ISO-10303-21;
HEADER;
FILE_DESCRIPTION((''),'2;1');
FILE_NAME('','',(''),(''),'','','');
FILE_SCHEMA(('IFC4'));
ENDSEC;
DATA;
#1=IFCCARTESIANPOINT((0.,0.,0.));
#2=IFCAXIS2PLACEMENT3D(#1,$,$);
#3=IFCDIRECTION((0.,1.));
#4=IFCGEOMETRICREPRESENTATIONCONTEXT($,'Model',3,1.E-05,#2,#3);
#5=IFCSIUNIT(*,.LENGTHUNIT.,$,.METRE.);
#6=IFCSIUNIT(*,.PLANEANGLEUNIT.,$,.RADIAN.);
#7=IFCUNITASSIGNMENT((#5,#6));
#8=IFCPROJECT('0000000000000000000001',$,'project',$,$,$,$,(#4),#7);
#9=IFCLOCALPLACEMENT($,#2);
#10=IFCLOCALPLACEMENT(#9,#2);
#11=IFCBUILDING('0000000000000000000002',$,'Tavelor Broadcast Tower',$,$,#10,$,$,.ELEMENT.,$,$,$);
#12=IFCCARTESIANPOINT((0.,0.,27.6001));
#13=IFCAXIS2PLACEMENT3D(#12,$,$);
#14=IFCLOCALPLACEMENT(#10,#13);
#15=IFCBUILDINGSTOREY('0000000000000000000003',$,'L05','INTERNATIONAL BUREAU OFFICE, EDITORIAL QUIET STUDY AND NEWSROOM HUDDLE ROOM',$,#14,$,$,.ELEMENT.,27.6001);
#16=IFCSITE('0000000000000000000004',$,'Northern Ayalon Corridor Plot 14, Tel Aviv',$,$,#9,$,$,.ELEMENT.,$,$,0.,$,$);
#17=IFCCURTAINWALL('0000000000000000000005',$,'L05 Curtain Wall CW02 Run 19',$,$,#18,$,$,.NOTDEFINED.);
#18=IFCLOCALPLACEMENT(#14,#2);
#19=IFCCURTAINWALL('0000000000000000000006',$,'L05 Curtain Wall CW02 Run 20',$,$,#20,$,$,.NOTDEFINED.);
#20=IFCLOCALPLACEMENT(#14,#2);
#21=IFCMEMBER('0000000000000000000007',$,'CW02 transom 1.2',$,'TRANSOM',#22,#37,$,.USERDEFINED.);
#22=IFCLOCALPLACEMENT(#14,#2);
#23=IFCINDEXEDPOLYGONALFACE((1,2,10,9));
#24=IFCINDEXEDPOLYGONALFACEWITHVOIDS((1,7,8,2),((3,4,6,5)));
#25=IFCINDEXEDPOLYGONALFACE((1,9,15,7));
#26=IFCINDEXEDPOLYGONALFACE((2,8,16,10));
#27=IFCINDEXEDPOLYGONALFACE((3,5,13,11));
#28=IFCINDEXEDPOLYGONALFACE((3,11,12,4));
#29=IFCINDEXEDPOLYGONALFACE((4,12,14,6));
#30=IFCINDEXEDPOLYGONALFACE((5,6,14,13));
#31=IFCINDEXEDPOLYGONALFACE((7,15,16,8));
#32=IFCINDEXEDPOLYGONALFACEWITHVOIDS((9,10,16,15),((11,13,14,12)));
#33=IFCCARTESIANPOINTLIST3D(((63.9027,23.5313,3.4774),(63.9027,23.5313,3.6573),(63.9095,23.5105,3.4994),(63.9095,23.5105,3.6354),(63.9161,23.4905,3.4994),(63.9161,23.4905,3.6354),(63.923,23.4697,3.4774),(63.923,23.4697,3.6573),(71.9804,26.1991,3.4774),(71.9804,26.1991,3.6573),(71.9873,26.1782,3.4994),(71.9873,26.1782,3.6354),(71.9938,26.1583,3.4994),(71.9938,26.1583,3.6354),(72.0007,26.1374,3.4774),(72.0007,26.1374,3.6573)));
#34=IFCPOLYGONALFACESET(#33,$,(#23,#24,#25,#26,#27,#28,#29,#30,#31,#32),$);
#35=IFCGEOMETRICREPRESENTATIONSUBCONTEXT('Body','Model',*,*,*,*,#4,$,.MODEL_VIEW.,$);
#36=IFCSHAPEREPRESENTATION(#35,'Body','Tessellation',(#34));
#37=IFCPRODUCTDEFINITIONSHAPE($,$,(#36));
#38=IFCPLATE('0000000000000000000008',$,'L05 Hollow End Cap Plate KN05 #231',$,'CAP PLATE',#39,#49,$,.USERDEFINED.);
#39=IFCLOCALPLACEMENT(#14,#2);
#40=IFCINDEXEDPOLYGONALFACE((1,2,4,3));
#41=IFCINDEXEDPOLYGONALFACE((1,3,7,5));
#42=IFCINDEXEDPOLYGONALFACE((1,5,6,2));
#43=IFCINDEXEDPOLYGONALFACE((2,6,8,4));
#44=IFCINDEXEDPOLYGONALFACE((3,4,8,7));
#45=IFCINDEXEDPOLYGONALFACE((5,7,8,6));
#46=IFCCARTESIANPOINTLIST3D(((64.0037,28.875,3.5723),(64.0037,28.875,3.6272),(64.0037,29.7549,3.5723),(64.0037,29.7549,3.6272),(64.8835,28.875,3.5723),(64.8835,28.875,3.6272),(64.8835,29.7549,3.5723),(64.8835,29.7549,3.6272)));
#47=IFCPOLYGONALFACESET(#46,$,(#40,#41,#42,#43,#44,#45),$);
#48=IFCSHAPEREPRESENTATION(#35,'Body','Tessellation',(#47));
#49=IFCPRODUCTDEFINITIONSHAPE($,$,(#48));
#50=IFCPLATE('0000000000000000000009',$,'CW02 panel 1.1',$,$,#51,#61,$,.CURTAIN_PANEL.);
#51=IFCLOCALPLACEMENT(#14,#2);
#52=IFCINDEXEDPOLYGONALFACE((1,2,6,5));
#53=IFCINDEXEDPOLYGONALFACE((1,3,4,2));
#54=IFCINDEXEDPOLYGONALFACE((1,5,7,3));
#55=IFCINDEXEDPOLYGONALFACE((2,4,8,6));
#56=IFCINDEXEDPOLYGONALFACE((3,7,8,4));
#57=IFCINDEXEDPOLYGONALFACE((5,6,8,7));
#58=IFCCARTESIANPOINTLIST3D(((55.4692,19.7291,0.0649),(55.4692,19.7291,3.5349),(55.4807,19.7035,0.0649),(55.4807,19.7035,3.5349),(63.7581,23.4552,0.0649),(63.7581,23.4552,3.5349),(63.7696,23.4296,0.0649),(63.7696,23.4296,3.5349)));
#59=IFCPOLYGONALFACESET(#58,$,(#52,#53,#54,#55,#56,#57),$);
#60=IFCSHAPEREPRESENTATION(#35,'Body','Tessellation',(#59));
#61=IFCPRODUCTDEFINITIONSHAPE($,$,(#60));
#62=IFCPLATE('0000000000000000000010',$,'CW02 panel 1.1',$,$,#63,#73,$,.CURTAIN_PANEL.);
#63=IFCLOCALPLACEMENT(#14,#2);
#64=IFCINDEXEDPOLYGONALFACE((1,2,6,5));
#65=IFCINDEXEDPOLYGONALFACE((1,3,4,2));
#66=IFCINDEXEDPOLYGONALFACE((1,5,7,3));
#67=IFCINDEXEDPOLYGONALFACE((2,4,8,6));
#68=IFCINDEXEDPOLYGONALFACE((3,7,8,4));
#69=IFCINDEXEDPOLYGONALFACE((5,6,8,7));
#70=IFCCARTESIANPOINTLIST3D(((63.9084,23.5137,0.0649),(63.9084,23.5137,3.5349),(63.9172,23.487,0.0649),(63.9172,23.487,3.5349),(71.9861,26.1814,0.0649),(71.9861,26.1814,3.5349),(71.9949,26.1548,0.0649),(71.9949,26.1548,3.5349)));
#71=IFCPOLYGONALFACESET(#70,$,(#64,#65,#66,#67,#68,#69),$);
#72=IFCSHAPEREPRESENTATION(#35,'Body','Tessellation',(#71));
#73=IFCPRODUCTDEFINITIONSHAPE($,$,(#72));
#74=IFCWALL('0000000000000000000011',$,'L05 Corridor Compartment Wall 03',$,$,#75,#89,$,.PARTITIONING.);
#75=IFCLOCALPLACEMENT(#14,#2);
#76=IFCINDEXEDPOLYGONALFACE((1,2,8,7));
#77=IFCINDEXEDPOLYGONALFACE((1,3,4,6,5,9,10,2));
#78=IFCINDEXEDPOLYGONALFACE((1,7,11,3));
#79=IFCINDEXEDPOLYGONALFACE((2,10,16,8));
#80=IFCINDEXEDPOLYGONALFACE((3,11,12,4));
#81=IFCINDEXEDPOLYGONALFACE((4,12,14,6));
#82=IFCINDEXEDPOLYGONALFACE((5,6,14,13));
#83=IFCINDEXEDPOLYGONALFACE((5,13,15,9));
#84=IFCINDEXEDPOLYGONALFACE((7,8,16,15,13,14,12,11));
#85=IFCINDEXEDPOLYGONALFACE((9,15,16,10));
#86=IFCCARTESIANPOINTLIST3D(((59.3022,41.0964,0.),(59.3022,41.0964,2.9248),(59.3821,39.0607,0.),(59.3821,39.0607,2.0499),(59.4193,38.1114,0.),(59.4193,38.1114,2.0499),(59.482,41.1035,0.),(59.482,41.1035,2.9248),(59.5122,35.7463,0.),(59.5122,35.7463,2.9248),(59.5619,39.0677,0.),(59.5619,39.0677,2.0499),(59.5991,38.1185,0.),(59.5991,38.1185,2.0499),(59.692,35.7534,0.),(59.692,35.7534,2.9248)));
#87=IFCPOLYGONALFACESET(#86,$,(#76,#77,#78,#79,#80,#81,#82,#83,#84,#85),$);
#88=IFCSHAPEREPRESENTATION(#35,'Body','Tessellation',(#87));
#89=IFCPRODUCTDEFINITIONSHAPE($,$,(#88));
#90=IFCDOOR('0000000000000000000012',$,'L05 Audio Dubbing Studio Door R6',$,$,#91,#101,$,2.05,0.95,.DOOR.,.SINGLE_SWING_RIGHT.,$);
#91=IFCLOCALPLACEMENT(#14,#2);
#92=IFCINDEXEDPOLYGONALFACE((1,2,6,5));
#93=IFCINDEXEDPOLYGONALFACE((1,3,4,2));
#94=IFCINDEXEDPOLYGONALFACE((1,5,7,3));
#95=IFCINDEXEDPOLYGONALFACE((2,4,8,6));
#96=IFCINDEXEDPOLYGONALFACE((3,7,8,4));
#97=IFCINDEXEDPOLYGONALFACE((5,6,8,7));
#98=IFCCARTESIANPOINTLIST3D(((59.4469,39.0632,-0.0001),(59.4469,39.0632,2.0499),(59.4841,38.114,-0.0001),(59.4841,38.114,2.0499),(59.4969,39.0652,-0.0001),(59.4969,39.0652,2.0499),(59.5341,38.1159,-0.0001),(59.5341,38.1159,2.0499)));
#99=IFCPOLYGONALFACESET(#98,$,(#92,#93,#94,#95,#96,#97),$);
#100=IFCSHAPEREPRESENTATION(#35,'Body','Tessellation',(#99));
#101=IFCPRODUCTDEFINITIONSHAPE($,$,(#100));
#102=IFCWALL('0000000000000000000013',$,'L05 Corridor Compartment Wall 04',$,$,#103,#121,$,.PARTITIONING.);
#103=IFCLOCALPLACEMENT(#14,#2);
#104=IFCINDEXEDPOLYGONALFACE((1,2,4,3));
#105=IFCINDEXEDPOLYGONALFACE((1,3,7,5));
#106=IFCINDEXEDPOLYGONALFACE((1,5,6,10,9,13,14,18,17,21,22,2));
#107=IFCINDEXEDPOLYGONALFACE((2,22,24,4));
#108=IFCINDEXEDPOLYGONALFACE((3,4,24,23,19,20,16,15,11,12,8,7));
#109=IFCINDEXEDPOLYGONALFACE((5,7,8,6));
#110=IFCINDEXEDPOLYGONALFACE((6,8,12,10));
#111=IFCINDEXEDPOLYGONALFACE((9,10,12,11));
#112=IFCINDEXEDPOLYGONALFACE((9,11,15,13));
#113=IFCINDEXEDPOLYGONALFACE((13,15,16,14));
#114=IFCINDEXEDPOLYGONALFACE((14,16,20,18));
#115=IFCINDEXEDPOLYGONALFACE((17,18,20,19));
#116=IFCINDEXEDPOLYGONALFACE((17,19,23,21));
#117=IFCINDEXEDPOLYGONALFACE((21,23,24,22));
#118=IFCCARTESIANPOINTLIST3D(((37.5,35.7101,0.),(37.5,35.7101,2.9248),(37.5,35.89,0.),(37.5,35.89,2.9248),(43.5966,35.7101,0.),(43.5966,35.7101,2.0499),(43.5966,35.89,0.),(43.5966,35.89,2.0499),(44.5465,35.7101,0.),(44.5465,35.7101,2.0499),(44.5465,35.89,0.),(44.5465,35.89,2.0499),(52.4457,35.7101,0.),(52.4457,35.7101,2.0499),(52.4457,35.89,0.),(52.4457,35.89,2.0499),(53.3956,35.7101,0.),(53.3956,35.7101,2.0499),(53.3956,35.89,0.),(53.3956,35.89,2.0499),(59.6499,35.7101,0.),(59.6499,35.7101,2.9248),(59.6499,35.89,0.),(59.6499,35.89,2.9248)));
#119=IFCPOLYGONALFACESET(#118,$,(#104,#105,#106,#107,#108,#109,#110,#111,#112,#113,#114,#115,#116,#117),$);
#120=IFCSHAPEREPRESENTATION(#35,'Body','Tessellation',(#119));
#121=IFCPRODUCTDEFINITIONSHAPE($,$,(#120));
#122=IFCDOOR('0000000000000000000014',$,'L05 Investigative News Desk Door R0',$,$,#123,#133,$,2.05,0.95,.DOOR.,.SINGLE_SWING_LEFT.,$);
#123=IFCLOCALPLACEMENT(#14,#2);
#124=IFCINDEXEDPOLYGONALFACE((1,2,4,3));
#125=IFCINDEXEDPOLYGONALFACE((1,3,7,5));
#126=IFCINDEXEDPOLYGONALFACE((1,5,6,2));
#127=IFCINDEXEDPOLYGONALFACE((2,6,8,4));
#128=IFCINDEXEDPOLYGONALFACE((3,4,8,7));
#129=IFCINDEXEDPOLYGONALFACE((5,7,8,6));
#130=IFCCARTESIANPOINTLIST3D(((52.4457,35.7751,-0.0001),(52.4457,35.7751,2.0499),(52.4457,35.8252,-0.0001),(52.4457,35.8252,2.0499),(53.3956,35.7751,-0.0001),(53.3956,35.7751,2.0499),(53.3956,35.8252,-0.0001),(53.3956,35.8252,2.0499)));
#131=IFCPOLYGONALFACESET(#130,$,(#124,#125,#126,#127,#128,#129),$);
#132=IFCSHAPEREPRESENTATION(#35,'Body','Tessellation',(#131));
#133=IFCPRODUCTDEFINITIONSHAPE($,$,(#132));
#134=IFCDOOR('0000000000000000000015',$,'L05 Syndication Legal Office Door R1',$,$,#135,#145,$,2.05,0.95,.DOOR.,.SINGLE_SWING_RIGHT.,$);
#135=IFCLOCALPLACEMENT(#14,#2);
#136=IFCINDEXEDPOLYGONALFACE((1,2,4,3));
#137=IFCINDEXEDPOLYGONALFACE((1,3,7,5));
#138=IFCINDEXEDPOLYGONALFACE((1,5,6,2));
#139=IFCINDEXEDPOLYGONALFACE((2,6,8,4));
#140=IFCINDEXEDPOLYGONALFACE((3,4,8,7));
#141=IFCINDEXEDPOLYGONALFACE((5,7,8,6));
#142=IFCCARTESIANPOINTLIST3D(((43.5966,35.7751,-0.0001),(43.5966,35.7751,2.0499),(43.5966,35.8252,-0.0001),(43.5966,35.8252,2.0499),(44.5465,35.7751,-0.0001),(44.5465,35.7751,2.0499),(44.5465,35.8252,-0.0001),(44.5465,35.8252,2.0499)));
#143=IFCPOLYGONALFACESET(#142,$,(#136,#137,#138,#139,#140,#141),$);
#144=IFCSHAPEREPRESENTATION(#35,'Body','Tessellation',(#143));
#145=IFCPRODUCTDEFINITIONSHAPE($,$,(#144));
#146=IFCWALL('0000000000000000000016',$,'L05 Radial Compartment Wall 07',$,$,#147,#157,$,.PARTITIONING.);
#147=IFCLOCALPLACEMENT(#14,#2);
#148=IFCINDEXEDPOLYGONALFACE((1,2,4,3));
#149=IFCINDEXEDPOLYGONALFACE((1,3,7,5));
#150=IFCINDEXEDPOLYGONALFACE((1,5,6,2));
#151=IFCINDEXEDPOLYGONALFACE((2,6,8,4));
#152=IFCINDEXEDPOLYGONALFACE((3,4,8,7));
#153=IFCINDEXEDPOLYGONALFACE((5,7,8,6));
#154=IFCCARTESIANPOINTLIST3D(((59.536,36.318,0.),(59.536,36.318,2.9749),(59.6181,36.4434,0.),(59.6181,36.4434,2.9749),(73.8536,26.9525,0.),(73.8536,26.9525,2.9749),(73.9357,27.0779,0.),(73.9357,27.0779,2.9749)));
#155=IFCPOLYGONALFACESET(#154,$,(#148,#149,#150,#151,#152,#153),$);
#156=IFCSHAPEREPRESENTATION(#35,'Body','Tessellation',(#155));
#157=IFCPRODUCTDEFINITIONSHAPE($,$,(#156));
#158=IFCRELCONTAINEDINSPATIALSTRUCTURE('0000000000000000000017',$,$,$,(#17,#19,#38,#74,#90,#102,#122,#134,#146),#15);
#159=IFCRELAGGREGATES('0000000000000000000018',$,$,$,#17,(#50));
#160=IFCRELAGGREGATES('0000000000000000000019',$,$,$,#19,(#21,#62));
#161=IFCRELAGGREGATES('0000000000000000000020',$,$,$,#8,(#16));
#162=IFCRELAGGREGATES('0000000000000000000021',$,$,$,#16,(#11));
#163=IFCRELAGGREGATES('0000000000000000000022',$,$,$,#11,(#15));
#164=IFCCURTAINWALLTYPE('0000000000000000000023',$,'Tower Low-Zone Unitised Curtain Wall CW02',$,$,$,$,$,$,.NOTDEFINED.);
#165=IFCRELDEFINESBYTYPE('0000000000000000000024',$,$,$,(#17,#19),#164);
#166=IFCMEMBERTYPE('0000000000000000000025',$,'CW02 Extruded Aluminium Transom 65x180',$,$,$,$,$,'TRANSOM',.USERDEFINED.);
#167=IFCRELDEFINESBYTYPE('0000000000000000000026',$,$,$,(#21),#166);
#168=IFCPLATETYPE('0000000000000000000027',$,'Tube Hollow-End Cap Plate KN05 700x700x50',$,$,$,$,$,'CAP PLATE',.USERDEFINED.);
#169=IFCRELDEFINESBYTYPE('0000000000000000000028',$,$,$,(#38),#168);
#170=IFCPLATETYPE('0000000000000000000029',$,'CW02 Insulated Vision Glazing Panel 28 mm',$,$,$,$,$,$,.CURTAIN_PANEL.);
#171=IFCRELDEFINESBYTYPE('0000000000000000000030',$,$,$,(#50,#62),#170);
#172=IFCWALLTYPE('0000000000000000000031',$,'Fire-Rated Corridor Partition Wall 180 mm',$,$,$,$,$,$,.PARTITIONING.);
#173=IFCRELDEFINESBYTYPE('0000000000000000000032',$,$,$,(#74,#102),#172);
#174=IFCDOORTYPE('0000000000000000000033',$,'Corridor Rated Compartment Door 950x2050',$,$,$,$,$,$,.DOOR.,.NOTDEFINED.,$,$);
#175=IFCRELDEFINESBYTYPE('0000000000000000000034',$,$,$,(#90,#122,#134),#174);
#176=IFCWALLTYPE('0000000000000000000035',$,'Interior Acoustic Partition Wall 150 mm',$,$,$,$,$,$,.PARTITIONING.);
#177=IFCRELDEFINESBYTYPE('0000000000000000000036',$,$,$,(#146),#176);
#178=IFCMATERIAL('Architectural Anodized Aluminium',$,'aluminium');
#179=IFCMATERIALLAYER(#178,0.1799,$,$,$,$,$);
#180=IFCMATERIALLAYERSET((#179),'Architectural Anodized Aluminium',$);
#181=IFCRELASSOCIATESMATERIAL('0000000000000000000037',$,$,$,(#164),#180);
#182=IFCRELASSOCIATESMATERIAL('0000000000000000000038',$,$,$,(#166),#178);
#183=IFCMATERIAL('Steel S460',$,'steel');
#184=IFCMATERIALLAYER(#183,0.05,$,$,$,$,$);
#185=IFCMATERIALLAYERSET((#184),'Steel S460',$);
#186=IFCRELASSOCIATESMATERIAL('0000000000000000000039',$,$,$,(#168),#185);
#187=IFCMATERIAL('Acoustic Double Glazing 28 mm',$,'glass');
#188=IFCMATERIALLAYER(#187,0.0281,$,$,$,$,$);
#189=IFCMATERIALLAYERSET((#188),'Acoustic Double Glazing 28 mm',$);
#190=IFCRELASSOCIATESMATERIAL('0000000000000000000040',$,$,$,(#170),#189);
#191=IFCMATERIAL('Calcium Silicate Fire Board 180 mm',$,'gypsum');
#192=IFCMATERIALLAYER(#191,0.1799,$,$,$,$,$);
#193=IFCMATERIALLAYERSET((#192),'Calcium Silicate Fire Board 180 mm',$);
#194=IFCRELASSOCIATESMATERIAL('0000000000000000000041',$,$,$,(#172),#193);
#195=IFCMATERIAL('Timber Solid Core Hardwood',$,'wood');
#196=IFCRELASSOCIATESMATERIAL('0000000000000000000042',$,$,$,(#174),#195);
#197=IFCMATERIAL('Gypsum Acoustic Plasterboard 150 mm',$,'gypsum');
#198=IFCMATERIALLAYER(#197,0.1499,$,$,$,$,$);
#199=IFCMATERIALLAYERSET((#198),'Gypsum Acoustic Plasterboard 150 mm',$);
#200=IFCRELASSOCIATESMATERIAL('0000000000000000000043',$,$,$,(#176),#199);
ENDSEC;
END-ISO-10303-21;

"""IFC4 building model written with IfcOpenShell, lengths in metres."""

from ifc_helpers import new_model, si_unit, direction, frame, frame_2d, origin, origin_2d, place, context, subcontext, project, spatial, rectangle, hollow_rectangle, extrude, source, transform, mapped, material, layer, layer_set, material_profile, profile_set, type_object, type_shapes, element, fill, aggregate, save


model = new_model("IFC4")

# Units and contexts
model_context = context("Model", 3, precision=1e-05, world=origin(), true_north=direction((0.0, 1.0)))
body_context = subcontext(model_context, "Body", "Model", "MODEL_VIEW")
ifc_project = project(units=[si_unit("LENGTHUNIT", "METRE"), si_unit("PLANEANGLEUNIT", "RADIAN")], contexts=[model_context])

# Site, building, storey
site_placement = place(None, origin())
site = spatial("IfcSite", under=ifc_project, at=site_placement, Name="Northern Ayalon Corridor Plot 14, Tel Aviv", CompositionType="ELEMENT", RefElevation=0.0)
building_placement = place(site_placement, origin())
building = spatial("IfcBuilding", under=site, at=building_placement, Name="Tavelor Broadcast Tower", CompositionType="ELEMENT")
storey_placement = place(building_placement, frame((0.0, 0.0, 27.6001)))
storey = spatial("IfcBuildingStorey", under=building, at=storey_placement, Name="L05", Description="INTERNATIONAL BUREAU OFFICE, EDITORIAL QUIET STUDY AND NEWSROOM HUDDLE ROOM", CompositionType="ELEMENT", Elevation=27.6001)

# Shared definitions
ifc_material_1 = material(Name="Steel S460", Category="steel")

# Curtain wall
ifc_material_2 = material(Name="Architectural Anodized Aluminium", Category="aluminium")
ifc_layer_1 = layer(ifc_material_2, 0.1799)
ifc_layer_set_1 = layer_set([ifc_layer_1], Name="Architectural Anodized Aluminium")
curtain_wall_type = type_object("IfcCurtainWallType", Name="Tower Low-Zone Unitised Curtain Wall CW02", PredefinedType="NOTDEFINED", material=ifc_layer_set_1)
curtain_wall_1_placement = place(storey_placement, origin())
curtain_wall_1 = element("IfcCurtainWall", 1, at=curtain_wall_1_placement, inside=storey, type_object=curtain_wall_type, Name="L05 Curtain Wall CW02 Run 19", PredefinedType="NOTDEFINED")

# Curtain wall, member
curtain_wall_2_placement = place(storey_placement, origin())
curtain_wall_2 = element("IfcCurtainWall", 2, at=curtain_wall_2_placement, inside=storey, type_object=curtain_wall_type, Name="L05 Curtain Wall CW02 Run 20", PredefinedType="NOTDEFINED")
ifc_material_profile_1 = material_profile(ifc_material_2, hollow_rectangle(XDim=0.0649, YDim=0.1799, WallThickness=0.022, at=origin_2d()), Name="RHS 65x180x22")
ifc_profile_set_1 = profile_set([ifc_material_profile_1], Name="Architectural Anodized Aluminium")
member_type_1 = type_object("IfcMemberType", Name="CW02 Extruded Aluminium Transom 65x180", ElementType="TRANSOM", PredefinedType="USERDEFINED", material=ifc_profile_set_1)
shared_shape_1 = source(origin(), body_context, "Body", "SweptSolid", [
    extrude(hollow_rectangle(XDim=0.0649, YDim=0.1799, WallThickness=0.022, at=origin_2d()), origin(), (0.0, 0.0, 1.0), 8.5068),
])
type_shapes(member_type_1, [shared_shape_1])
member_1_placement = place(storey_placement, frame((63.9128, 23.5005, 3.5674), z_axis=(0.949555, 0.313601, 0.0), x_axis=(-0.313601, 0.949555, 0.0)))
member_1 = element("IfcMember", 3, at=member_1_placement, type_object=member_type_1, Name="CW02 transom 1.2", ObjectType="TRANSOM", PredefinedType="USERDEFINED", context=body_context, shape_type="MappedRepresentation", body=[
    mapped(shared_shape_1, transform((0.0, 0.0, 0.0), scale=1.0)),
])

# Plates
ifc_layer_2 = layer(ifc_material_1, 0.05)
ifc_layer_set_2 = layer_set([ifc_layer_2], Name="Steel S460")
plate_type_1 = type_object("IfcPlateType", Name="Tube Hollow-End Cap Plate KN05 700x700x50", ElementType="CAP PLATE", PredefinedType="USERDEFINED", material=ifc_layer_set_2)
shared_shape_2 = source(origin(), body_context, "Body", "SweptSolid", [
    extrude(rectangle(XDim=0.8799, YDim=0.8799, at=origin_2d()), origin(), (0.0, 0.0, 1.0), 0.0549),
])
type_shapes(plate_type_1, [shared_shape_2])
plate_1_placement = place(storey_placement, frame((64.4436, 29.3149, 3.5723), z_axis=(0.0, 0.0, 1.0), x_axis=(1.0, 0.0, 0.0)))
element("IfcPlate", 4, at=plate_1_placement, inside=storey, type_object=plate_type_1, Name="L05 Hollow End Cap Plate KN05 #231", ObjectType="CAP PLATE", PredefinedType="USERDEFINED", context=body_context, shape_type="MappedRepresentation", body=[
    mapped(shared_shape_2, transform((0.0, 0.0, 0.0), scale=1.0)),
])
ifc_material_3 = material(Name="Acoustic Double Glazing 28 mm", Category="glass")
ifc_layer_3 = layer(ifc_material_3, 0.0281)
ifc_layer_set_3 = layer_set([ifc_layer_3], Name="Acoustic Double Glazing 28 mm")
plate_type_2 = type_object("IfcPlateType", Name="CW02 Insulated Vision Glazing Panel 28 mm", PredefinedType="CURTAIN_PANEL", material=ifc_layer_set_3)
shared_shape_3 = source(origin(), body_context, "Body", "SweptSolid", [
    extrude(rectangle(XDim=9.0879, YDim=0.0281, at=origin_2d()), origin(), (0.0, 0.0, 1.0), 3.47),
])
plate_2_placement = place(storey_placement, frame((59.6194, 21.5793, 0.0649), z_axis=(0.0, 0.0, 1.0), x_axis=(0.912079, 0.410015, 0.0)))
plate_2 = element("IfcPlate", 5, at=plate_2_placement, type_object=plate_type_2, Name="CW02 panel 1.1", PredefinedType="CURTAIN_PANEL", context=body_context, shape_type="MappedRepresentation", body=[
    mapped(shared_shape_3, transform((0.0, 0.0, 0.0), scale=1.0)),
])
aggregate(curtain_wall_1, [plate_2])
shared_shape_4 = source(origin(), body_context, "Body", "SweptSolid", [
    extrude(rectangle(XDim=8.5068, YDim=0.0281, at=origin_2d()), origin(), (0.0, 0.0, 1.0), 3.47),
])
type_shapes(plate_type_2, [shared_shape_3, shared_shape_4])
plate_3_placement = place(storey_placement, frame((67.9517, 24.8342, 0.0649), z_axis=(0.0, 0.0, 1.0), x_axis=(0.949555, 0.313601, 0.0)))
plate_3 = element("IfcPlate", 6, at=plate_3_placement, type_object=plate_type_2, Name="CW02 panel 1.1", PredefinedType="CURTAIN_PANEL", context=body_context, shape_type="MappedRepresentation", body=[
    mapped(shared_shape_4, transform((0.0, 0.0, 0.0), scale=1.0)),
])
aggregate(curtain_wall_2, [member_1, plate_3])

# Wall, opening, door
ifc_material_4 = material(Name="Calcium Silicate Fire Board 180 mm", Category="gypsum")
ifc_layer_4 = layer(ifc_material_4, 0.1799)
ifc_layer_set_4 = layer_set([ifc_layer_4], Name="Calcium Silicate Fire Board 180 mm")
wall_type_1 = type_object("IfcWallType", Name="Fire-Rated Corridor Partition Wall 180 mm", PredefinedType="PARTITIONING", material=ifc_layer_set_4)
wall_1_placement = place(storey_placement, frame((59.3921, 41.1001, 0.0), z_axis=(0.0, 0.0, 1.0), x_axis=(0.039214, -0.999231, 0.0)))
wall_1 = element("IfcWall", 7, at=wall_1_placement, inside=storey, type_object=wall_type_1, Name="L05 Corridor Compartment Wall 03", PredefinedType="PARTITIONING", context=body_context, shape_type="SweptSolid", body=[
    extrude(rectangle(XDim=5.3542, YDim=0.1799, at=frame_2d((2.6772, 0.0))), origin(), (0.0, 0.0, 1.0), 2.9248),
])
opening_1_placement = place(wall_1_placement, frame((2.0374, 0.0, 0.0)))
opening_1 = element("IfcOpeningElement", 8, at=opening_1_placement, cuts=wall_1, PredefinedType="OPENING", context=body_context, shape_type="SweptSolid", body=[
    extrude(rectangle(XDim=0.95, YDim=2.05, at=frame_2d((0.4751, 1.0249))), frame((0.0, 0.1001, 0.0), z_axis=(0.0, -1.0, 0.0), x_axis=(1.0, 0.0, 0.0)), (0.0, 0.0, 1.0), 0.2),
])
ifc_material_5 = material(Name="Timber Solid Core Hardwood", Category="wood")
door_type_1 = type_object("IfcDoorType", Name="Corridor Rated Compartment Door 950x2050", OperationType="NOTDEFINED", PredefinedType="DOOR", material=ifc_material_5)
door_1_placement = place(opening_1_placement, origin())
door_1 = element("IfcDoor", 9, at=door_1_placement, inside=storey, type_object=door_type_1, Name="L05 Audio Dubbing Studio Door R6", OperationType="SINGLE_SWING_RIGHT", OverallHeight=2.05, OverallWidth=0.95, PredefinedType="DOOR", context=body_context, shape_type="SweptSolid", body=[
    extrude(rectangle(XDim=0.95, YDim=2.05, at=frame_2d((0.4751, 1.0249))), frame((0.0, 0.0249, 0.0), z_axis=(0.0, -1.0, 0.0), x_axis=(1.0, 0.0, 0.0)), (0.0, 0.0, 1.0), 0.05),
])
fill(opening_1, door_1)

# Wall, openings, doors
wall_2_placement = place(storey_placement, frame((59.6499, 35.8, 0.0), z_axis=(0.0, 0.0, 1.0), x_axis=(-1.0, 0.0, 0.0)))
wall_2 = element("IfcWall", 10, at=wall_2_placement, inside=storey, type_object=wall_type_1, Name="L05 Corridor Compartment Wall 04", PredefinedType="PARTITIONING", context=body_context, shape_type="SweptSolid", body=[
    extrude(rectangle(XDim=22.1499, YDim=0.1799, at=frame_2d((11.075, 0.0))), origin(), (0.0, 0.0, 1.0), 2.9248),
])
opening_2_placement = place(wall_2_placement, frame((6.2542, 0.0, 0.0)))
opening_2 = element("IfcOpeningElement", 11, at=opening_2_placement, cuts=wall_2, PredefinedType="OPENING", context=body_context, shape_type="SweptSolid", body=[
    extrude(rectangle(XDim=0.95, YDim=2.05, at=frame_2d((0.4751, 1.0249))), frame((0.0, 0.1001, 0.0), z_axis=(0.0, -1.0, 0.0), x_axis=(1.0, 0.0, 0.0)), (0.0, 0.0, 1.0), 0.2),
])
opening_3_placement = place(wall_2_placement, frame((15.1033, 0.0, 0.0)))
opening_3 = element("IfcOpeningElement", 12, at=opening_3_placement, cuts=wall_2, PredefinedType="OPENING", context=body_context, shape_type="SweptSolid", body=[
    extrude(rectangle(XDim=0.95, YDim=2.05, at=frame_2d((0.4751, 1.0249))), frame((0.0, 0.1001, 0.0), z_axis=(0.0, -1.0, 0.0), x_axis=(1.0, 0.0, 0.0)), (0.0, 0.0, 1.0), 0.2),
])
door_2_placement = place(opening_2_placement, origin())
door_2 = element("IfcDoor", 13, at=door_2_placement, inside=storey, type_object=door_type_1, Name="L05 Investigative News Desk Door R0", OperationType="SINGLE_SWING_LEFT", OverallHeight=2.05, OverallWidth=0.95, PredefinedType="DOOR", context=body_context, shape_type="SweptSolid", body=[
    extrude(rectangle(XDim=0.95, YDim=2.05, at=frame_2d((0.4751, 1.0249))), frame((0.0, 0.0249, 0.0), z_axis=(0.0, -1.0, 0.0), x_axis=(1.0, 0.0, 0.0)), (0.0, 0.0, 1.0), 0.05),
])
fill(opening_2, door_2)
door_3_placement = place(opening_3_placement, origin())
door_3 = element("IfcDoor", 14, at=door_3_placement, inside=storey, type_object=door_type_1, Name="L05 Syndication Legal Office Door R1", OperationType="SINGLE_SWING_RIGHT", OverallHeight=2.05, OverallWidth=0.95, PredefinedType="DOOR", context=body_context, shape_type="SweptSolid", body=[
    extrude(rectangle(XDim=0.95, YDim=2.05, at=frame_2d((0.4751, 1.0249))), frame((0.0, 0.0249, 0.0), z_axis=(0.0, -1.0, 0.0), x_axis=(1.0, 0.0, 0.0)), (0.0, 0.0, 1.0), 0.05),
])
fill(opening_3, door_3)

# Wall
ifc_material_6 = material(Name="Gypsum Acoustic Plasterboard 150 mm", Category="gypsum")
ifc_layer_5 = layer(ifc_material_6, 0.1499)
ifc_layer_set_5 = layer_set([ifc_layer_5], Name="Gypsum Acoustic Plasterboard 150 mm")
wall_type_2 = type_object("IfcWallType", Name="Interior Acoustic Partition Wall 150 mm", PredefinedType="PARTITIONING", material=ifc_layer_set_5)
wall_3_placement = place(storey_placement, frame((59.5771, 36.3806, 0.0), z_axis=(0.0, 0.0, 1.0), x_axis=(0.836864, -0.547411, 0.0)))
element("IfcWall", 15, at=wall_3_placement, inside=storey, type_object=wall_type_2, Name="L05 Radial Compartment Wall 07", PredefinedType="PARTITIONING", context=body_context, shape_type="SweptSolid", body=[
    extrude(rectangle(XDim=17.1086, YDim=0.1499, at=frame_2d((8.5542, 0.0))), origin(), (0.0, 0.0, 1.0), 2.9749),
])

save(model, "model.ifc")
